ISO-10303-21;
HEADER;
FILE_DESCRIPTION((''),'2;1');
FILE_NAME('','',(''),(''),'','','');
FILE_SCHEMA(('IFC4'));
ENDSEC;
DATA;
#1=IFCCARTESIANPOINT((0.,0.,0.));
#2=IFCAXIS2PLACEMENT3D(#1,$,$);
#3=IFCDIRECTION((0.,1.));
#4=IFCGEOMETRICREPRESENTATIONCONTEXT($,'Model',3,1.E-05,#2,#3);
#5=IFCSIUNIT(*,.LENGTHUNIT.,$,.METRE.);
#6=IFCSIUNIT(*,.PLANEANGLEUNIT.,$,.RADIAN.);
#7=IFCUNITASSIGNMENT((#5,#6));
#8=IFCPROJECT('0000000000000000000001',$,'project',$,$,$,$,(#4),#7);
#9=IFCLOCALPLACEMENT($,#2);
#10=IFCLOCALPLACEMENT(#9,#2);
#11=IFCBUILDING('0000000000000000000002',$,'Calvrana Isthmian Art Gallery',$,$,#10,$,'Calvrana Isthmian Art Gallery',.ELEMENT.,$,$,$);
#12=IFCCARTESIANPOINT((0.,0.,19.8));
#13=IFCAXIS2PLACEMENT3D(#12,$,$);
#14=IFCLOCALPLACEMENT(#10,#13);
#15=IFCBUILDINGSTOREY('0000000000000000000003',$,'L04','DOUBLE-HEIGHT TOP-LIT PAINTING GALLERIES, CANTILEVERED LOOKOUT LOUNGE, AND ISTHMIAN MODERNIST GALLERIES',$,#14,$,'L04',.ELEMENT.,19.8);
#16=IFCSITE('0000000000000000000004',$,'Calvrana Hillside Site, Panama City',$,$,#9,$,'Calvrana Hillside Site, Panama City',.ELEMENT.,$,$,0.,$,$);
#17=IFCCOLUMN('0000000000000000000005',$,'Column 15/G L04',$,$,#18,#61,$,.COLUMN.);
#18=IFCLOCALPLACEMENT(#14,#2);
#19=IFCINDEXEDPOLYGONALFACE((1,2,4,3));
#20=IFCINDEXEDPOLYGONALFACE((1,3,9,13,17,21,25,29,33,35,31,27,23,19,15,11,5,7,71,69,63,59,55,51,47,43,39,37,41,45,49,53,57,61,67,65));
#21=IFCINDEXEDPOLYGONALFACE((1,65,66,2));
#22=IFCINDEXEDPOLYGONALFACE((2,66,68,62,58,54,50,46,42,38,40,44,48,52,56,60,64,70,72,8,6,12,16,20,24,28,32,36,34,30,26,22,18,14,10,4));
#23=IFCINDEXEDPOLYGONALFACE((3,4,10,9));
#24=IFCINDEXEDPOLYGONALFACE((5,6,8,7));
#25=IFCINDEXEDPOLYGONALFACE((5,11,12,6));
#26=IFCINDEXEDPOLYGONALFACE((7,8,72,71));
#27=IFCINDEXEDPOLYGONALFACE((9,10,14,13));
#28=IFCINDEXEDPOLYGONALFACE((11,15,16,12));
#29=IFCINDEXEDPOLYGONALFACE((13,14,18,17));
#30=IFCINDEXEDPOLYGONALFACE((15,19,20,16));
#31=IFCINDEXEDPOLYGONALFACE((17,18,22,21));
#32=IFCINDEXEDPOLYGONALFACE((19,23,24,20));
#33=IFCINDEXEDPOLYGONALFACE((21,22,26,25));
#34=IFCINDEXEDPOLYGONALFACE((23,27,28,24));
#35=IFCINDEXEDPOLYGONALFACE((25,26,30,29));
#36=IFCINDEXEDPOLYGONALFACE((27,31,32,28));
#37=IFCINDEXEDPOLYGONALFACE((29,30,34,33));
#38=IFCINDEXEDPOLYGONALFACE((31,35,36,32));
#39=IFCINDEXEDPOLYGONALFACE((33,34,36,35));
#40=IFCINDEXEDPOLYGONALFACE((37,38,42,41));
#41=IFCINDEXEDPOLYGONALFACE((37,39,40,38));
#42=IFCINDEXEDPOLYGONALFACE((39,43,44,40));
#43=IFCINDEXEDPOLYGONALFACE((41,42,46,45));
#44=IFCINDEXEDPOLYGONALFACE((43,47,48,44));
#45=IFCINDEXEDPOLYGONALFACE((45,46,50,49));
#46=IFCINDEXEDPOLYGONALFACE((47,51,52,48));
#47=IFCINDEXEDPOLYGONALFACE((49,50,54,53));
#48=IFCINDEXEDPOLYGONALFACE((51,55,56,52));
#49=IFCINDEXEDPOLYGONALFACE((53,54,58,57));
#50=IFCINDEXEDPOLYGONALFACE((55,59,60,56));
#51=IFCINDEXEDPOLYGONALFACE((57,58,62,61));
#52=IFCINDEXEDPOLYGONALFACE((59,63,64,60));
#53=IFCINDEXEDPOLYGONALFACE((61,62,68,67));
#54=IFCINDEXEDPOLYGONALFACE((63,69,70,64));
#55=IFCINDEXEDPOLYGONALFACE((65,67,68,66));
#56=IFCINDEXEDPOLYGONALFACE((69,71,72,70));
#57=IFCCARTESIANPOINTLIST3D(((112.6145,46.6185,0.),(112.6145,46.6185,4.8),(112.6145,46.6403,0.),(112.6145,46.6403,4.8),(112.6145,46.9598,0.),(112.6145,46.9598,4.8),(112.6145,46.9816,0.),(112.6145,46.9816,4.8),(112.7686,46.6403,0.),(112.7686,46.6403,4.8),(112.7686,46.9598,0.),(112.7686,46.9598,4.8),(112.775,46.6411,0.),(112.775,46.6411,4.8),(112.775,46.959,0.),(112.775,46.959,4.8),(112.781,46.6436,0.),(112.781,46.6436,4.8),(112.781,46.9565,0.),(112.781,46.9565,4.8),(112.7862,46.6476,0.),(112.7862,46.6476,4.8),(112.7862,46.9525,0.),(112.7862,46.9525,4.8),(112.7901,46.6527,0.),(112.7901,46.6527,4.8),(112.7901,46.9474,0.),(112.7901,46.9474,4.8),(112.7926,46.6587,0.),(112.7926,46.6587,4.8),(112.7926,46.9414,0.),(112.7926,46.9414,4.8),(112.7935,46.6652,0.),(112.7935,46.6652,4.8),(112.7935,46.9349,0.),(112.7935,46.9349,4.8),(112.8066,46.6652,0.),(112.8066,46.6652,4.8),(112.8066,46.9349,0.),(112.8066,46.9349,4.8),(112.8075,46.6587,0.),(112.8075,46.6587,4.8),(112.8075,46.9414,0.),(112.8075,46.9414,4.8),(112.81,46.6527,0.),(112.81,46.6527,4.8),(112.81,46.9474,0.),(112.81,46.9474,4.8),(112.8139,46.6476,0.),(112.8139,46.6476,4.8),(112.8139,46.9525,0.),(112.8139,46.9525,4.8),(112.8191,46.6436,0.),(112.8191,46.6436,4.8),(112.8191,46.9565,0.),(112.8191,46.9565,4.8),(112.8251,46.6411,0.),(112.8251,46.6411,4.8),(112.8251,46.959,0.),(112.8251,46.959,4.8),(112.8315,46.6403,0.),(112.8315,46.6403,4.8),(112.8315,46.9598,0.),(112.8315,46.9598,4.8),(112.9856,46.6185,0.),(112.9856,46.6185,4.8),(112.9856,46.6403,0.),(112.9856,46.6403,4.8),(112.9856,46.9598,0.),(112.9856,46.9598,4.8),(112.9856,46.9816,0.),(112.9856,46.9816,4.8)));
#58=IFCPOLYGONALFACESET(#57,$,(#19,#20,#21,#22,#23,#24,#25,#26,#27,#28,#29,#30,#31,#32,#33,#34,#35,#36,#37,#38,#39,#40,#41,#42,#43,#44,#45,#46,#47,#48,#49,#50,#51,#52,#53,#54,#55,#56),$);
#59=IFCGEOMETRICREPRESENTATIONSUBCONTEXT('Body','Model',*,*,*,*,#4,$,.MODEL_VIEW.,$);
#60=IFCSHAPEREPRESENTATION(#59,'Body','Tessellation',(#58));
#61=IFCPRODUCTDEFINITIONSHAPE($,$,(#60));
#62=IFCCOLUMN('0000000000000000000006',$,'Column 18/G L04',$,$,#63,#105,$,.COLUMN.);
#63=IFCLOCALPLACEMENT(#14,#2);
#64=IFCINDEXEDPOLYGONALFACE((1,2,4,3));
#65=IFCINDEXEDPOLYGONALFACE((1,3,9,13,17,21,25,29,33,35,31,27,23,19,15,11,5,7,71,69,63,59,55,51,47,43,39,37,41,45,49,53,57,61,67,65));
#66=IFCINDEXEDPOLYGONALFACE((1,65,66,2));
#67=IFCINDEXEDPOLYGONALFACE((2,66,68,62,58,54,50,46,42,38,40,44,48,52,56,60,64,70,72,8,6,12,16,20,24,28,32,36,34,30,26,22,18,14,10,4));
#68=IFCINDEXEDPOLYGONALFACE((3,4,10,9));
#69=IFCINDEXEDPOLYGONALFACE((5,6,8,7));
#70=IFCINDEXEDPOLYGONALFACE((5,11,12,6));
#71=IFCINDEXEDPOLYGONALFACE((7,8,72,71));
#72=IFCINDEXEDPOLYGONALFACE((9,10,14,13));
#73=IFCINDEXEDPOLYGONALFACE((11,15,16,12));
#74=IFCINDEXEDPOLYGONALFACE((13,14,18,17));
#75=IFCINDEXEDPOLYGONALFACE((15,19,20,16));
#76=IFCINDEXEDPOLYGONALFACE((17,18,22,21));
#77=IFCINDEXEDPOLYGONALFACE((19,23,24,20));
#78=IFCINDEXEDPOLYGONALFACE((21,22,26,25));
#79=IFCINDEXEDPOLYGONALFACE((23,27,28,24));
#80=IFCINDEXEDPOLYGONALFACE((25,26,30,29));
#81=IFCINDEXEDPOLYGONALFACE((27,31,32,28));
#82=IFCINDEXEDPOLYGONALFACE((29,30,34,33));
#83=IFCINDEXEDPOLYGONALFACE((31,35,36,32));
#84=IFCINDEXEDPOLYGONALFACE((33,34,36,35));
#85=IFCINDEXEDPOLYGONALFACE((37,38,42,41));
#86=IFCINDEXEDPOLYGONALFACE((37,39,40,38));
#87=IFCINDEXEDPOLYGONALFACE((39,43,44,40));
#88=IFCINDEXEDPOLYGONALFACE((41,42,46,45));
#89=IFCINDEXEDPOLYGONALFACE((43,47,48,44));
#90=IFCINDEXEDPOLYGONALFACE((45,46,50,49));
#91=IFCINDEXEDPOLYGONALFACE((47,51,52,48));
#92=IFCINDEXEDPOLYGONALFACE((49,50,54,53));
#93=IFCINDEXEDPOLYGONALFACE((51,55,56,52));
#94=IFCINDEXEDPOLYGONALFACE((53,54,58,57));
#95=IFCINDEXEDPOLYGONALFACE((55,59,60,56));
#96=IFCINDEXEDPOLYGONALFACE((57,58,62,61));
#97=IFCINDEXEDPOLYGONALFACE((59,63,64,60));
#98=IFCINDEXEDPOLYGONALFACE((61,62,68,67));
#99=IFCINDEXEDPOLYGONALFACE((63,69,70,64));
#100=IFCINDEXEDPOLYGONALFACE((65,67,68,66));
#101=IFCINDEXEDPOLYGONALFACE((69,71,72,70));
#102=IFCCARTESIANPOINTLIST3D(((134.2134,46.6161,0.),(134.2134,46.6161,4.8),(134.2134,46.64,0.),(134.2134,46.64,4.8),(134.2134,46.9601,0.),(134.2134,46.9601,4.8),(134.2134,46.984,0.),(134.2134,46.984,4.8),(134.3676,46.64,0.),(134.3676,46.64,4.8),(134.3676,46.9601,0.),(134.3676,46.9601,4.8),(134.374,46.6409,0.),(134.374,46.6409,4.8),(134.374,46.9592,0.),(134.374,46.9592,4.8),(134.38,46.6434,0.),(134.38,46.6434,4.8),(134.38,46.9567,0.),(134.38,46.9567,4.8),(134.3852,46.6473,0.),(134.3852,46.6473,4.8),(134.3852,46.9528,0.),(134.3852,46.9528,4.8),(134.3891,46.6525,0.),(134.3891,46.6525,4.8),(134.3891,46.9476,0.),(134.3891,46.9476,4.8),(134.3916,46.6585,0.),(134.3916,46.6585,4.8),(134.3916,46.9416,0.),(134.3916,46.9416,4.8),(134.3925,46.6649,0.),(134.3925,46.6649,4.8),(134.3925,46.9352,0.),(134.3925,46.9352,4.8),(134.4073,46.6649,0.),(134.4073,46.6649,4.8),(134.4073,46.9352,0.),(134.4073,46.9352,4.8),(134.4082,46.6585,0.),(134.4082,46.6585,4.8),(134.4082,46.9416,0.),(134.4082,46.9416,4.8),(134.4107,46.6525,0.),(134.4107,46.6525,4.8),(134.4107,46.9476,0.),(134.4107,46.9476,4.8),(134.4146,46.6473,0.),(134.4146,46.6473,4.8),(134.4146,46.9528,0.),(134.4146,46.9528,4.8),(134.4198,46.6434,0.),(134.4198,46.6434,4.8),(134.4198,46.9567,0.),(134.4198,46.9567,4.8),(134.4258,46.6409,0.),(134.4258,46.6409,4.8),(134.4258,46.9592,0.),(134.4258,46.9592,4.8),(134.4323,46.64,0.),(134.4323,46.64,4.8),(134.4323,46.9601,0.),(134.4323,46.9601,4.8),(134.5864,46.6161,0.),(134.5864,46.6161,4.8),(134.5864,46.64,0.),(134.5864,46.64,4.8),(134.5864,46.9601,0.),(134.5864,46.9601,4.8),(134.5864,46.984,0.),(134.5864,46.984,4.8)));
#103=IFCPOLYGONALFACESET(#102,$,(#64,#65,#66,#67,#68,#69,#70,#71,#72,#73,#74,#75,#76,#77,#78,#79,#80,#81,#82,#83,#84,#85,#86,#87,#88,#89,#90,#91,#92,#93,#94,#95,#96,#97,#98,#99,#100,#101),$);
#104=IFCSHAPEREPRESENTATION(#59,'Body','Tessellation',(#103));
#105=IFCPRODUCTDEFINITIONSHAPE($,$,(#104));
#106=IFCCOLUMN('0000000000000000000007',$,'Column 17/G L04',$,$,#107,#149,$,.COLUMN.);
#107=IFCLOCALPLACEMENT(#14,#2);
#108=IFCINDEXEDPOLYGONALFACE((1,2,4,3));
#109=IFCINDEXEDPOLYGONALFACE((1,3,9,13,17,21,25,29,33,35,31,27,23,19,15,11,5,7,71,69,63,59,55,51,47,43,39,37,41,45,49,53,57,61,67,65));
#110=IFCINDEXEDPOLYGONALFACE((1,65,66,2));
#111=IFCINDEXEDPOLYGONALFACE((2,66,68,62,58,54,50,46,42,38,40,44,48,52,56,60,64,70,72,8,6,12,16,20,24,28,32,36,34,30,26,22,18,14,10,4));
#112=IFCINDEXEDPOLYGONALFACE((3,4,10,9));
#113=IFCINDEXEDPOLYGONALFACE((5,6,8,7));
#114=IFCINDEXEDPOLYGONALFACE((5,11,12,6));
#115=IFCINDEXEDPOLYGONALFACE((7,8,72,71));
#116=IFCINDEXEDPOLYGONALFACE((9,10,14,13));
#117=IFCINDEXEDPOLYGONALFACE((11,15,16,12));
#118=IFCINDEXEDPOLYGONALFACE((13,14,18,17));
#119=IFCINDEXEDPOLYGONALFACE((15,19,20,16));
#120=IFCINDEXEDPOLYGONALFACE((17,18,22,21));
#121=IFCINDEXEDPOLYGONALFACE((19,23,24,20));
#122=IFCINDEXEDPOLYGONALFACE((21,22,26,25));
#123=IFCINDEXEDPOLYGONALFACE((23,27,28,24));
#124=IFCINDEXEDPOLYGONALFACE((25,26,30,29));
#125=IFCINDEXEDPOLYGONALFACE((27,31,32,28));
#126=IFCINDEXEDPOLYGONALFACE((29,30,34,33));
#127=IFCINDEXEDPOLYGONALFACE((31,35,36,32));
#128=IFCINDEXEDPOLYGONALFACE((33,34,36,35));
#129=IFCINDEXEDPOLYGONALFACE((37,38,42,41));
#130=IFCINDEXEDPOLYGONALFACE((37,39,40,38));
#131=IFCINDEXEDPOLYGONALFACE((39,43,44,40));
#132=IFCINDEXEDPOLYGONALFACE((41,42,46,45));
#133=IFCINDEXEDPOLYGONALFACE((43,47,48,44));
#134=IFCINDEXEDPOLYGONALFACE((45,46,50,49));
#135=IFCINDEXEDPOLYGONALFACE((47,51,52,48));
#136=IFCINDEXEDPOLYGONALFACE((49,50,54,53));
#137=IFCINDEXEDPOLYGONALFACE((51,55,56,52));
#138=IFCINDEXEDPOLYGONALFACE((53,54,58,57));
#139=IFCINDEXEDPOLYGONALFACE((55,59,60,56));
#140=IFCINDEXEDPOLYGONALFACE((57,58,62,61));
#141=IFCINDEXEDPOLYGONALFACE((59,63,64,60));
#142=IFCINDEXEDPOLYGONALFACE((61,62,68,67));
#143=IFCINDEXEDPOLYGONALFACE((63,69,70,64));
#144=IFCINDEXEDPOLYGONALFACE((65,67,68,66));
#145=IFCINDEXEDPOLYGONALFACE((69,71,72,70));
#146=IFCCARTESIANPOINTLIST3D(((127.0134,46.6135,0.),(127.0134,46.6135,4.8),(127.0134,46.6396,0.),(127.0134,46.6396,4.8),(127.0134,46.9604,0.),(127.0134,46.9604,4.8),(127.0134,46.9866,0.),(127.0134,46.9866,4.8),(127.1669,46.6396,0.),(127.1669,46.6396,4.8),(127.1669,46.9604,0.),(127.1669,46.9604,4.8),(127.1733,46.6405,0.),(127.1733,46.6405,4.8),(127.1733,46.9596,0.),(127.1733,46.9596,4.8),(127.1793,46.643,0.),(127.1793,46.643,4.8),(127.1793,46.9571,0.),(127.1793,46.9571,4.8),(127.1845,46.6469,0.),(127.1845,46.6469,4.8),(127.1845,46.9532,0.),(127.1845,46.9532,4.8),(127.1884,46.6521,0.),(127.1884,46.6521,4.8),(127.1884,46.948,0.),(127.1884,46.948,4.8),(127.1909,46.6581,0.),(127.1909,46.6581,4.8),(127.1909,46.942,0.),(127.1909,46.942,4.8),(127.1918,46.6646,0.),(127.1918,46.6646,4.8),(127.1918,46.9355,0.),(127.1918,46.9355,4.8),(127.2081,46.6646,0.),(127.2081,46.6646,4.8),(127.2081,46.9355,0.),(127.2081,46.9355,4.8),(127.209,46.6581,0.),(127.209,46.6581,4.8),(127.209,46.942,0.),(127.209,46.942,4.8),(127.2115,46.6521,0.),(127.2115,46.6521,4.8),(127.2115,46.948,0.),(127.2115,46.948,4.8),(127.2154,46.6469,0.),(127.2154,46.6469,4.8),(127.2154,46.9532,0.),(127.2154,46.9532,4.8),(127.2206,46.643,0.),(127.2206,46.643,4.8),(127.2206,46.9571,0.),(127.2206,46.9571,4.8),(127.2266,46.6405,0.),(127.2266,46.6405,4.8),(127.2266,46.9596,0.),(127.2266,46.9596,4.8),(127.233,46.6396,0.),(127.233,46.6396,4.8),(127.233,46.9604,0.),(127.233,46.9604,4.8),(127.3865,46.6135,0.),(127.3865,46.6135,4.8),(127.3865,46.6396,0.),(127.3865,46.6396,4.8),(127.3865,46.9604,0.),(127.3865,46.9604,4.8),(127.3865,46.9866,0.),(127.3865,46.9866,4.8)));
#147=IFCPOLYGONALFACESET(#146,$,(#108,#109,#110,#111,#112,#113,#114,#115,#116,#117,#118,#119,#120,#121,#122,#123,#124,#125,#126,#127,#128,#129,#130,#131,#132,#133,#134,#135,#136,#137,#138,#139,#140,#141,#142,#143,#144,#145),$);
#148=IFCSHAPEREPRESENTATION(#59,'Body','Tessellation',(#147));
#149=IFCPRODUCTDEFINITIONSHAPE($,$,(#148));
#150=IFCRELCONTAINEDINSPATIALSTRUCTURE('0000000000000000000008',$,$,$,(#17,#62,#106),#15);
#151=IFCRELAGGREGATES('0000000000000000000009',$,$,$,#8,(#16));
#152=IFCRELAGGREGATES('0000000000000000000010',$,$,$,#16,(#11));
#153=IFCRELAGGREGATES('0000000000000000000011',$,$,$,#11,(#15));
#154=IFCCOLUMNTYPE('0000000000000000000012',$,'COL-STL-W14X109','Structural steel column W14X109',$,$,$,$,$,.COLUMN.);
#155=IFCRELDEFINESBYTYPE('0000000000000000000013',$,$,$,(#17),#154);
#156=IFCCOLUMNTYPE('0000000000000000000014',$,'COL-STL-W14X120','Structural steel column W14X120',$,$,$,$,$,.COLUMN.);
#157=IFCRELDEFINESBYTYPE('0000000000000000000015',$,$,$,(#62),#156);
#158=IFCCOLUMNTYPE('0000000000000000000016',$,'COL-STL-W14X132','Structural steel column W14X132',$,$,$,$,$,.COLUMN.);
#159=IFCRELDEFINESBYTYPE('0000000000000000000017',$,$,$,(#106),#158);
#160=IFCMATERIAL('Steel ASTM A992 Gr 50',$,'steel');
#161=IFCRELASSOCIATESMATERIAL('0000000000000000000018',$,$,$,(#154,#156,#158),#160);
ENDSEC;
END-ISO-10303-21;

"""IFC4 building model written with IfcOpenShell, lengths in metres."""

from ifc_helpers import new_model, si_unit, direction, frame, origin, origin_2d, place, context, subcontext, project, spatial, i_section, extrude, material, material_profile, profile_set, type_object, element, save


model = new_model("IFC4")

# Units and contexts
model_context = context("Model", 3, precision=1e-05, world=origin(), true_north=direction((0.0, 1.0)))
body_context = subcontext(model_context, "Body", "Model", "MODEL_VIEW")
ifc_project = project(units=[si_unit("LENGTHUNIT", "METRE"), si_unit("PLANEANGLEUNIT", "RADIAN")], contexts=[model_context])

# Site, building, storey
site_placement = place(None, origin())
site = spatial("IfcSite", under=ifc_project, at=site_placement, Name="Calvrana Hillside Site, Panama City", LongName="Calvrana Hillside Site, Panama City", CompositionType="ELEMENT", RefElevation=0.0)
building_placement = place(site_placement, origin())
building = spatial("IfcBuilding", under=site, at=building_placement, Name="Calvrana Isthmian Art Gallery", LongName="Calvrana Isthmian Art Gallery", CompositionType="ELEMENT")
storey_placement = place(building_placement, frame((0.0, 0.0, 19.8)))
storey = spatial("IfcBuildingStorey", under=building, at=storey_placement, Name="L04", Description="DOUBLE-HEIGHT TOP-LIT PAINTING GALLERIES, CANTILEVERED LOOKOUT LOUNGE, AND ISTHMIAN MODERNIST GALLERIES", LongName="L04", CompositionType="ELEMENT", Elevation=19.8)

# Columns
ifc_material_1 = material(Name="Steel ASTM A992 Gr 50", Category="steel")
ifc_material_profile_1 = material_profile(ifc_material_1, i_section(OverallWidth=0.3711, OverallDepth=0.363, WebThickness=0.0132, FlangeThickness=0.0217, FilletRadius=0.0249, at=origin_2d()), Name="W14X109")
ifc_profile_set_1 = profile_set([ifc_material_profile_1], Name="Steel ASTM A992 Gr 50")
column_type_1 = type_object("IfcColumnType", Name="COL-STL-W14X109", Description="Structural steel column W14X109", PredefinedType="COLUMN", material=ifc_profile_set_1)
column_1_placement = place(storey_placement, frame((112.8, 46.8, 0.0), z_axis=(0.0, 0.0, 1.0), x_axis=(1.0, 0.0, 0.0)))
element("IfcColumn", 1, at=column_1_placement, inside=storey, type_object=column_type_1, Name="Column 15/G L04", PredefinedType="COLUMN", context=body_context, shape_type="SweptSolid", body=[
    extrude(i_section(OverallWidth=0.3711, OverallDepth=0.363, WebThickness=0.0132, FlangeThickness=0.0217, FilletRadius=0.0249, at=origin_2d()), origin(), (0.0, 0.0, 1.0), 4.8),
])
ifc_material_profile_2 = material_profile(ifc_material_1, i_section(OverallWidth=0.373, OverallDepth=0.3679, WebThickness=0.0149, FlangeThickness=0.0239, FilletRadius=0.0249, at=origin_2d()), Name="W14X120")
ifc_profile_set_2 = profile_set([ifc_material_profile_2], Name="Steel ASTM A992 Gr 50")
column_type_2 = type_object("IfcColumnType", Name="COL-STL-W14X120", Description="Structural steel column W14X120", PredefinedType="COLUMN", material=ifc_profile_set_2)
column_2_placement = place(storey_placement, frame((134.3999, 46.8, 0.0), z_axis=(0.0, 0.0, 1.0), x_axis=(1.0, 0.0, 0.0)))
element("IfcColumn", 2, at=column_2_placement, inside=storey, type_object=column_type_2, Name="Column 18/G L04", PredefinedType="COLUMN", context=body_context, shape_type="SweptSolid", body=[
    extrude(i_section(OverallWidth=0.373, OverallDepth=0.3679, WebThickness=0.0149, FlangeThickness=0.0239, FilletRadius=0.0249, at=origin_2d()), origin(), (0.0, 0.0, 1.0), 4.8),
])
ifc_material_profile_3 = material_profile(ifc_material_1, i_section(OverallWidth=0.373, OverallDepth=0.373, WebThickness=0.0164, FlangeThickness=0.0261, FilletRadius=0.0249, at=origin_2d()), Name="W14X132")
ifc_profile_set_3 = profile_set([ifc_material_profile_3], Name="Steel ASTM A992 Gr 50")
column_type_3 = type_object("IfcColumnType", Name="COL-STL-W14X132", Description="Structural steel column W14X132", PredefinedType="COLUMN", material=ifc_profile_set_3)
column_3_placement = place(storey_placement, frame((127.2, 46.8, 0.0), z_axis=(0.0, 0.0, 1.0), x_axis=(1.0, 0.0, 0.0)))
element("IfcColumn", 3, at=column_3_placement, inside=storey, type_object=column_type_3, Name="Column 17/G L04", PredefinedType="COLUMN", context=body_context, shape_type="SweptSolid", body=[
    extrude(i_section(OverallWidth=0.373, OverallDepth=0.373, WebThickness=0.0164, FlangeThickness=0.0261, FilletRadius=0.0249, at=origin_2d()), origin(), (0.0, 0.0, 1.0), 4.8),
])

save(model, "model.ifc")
